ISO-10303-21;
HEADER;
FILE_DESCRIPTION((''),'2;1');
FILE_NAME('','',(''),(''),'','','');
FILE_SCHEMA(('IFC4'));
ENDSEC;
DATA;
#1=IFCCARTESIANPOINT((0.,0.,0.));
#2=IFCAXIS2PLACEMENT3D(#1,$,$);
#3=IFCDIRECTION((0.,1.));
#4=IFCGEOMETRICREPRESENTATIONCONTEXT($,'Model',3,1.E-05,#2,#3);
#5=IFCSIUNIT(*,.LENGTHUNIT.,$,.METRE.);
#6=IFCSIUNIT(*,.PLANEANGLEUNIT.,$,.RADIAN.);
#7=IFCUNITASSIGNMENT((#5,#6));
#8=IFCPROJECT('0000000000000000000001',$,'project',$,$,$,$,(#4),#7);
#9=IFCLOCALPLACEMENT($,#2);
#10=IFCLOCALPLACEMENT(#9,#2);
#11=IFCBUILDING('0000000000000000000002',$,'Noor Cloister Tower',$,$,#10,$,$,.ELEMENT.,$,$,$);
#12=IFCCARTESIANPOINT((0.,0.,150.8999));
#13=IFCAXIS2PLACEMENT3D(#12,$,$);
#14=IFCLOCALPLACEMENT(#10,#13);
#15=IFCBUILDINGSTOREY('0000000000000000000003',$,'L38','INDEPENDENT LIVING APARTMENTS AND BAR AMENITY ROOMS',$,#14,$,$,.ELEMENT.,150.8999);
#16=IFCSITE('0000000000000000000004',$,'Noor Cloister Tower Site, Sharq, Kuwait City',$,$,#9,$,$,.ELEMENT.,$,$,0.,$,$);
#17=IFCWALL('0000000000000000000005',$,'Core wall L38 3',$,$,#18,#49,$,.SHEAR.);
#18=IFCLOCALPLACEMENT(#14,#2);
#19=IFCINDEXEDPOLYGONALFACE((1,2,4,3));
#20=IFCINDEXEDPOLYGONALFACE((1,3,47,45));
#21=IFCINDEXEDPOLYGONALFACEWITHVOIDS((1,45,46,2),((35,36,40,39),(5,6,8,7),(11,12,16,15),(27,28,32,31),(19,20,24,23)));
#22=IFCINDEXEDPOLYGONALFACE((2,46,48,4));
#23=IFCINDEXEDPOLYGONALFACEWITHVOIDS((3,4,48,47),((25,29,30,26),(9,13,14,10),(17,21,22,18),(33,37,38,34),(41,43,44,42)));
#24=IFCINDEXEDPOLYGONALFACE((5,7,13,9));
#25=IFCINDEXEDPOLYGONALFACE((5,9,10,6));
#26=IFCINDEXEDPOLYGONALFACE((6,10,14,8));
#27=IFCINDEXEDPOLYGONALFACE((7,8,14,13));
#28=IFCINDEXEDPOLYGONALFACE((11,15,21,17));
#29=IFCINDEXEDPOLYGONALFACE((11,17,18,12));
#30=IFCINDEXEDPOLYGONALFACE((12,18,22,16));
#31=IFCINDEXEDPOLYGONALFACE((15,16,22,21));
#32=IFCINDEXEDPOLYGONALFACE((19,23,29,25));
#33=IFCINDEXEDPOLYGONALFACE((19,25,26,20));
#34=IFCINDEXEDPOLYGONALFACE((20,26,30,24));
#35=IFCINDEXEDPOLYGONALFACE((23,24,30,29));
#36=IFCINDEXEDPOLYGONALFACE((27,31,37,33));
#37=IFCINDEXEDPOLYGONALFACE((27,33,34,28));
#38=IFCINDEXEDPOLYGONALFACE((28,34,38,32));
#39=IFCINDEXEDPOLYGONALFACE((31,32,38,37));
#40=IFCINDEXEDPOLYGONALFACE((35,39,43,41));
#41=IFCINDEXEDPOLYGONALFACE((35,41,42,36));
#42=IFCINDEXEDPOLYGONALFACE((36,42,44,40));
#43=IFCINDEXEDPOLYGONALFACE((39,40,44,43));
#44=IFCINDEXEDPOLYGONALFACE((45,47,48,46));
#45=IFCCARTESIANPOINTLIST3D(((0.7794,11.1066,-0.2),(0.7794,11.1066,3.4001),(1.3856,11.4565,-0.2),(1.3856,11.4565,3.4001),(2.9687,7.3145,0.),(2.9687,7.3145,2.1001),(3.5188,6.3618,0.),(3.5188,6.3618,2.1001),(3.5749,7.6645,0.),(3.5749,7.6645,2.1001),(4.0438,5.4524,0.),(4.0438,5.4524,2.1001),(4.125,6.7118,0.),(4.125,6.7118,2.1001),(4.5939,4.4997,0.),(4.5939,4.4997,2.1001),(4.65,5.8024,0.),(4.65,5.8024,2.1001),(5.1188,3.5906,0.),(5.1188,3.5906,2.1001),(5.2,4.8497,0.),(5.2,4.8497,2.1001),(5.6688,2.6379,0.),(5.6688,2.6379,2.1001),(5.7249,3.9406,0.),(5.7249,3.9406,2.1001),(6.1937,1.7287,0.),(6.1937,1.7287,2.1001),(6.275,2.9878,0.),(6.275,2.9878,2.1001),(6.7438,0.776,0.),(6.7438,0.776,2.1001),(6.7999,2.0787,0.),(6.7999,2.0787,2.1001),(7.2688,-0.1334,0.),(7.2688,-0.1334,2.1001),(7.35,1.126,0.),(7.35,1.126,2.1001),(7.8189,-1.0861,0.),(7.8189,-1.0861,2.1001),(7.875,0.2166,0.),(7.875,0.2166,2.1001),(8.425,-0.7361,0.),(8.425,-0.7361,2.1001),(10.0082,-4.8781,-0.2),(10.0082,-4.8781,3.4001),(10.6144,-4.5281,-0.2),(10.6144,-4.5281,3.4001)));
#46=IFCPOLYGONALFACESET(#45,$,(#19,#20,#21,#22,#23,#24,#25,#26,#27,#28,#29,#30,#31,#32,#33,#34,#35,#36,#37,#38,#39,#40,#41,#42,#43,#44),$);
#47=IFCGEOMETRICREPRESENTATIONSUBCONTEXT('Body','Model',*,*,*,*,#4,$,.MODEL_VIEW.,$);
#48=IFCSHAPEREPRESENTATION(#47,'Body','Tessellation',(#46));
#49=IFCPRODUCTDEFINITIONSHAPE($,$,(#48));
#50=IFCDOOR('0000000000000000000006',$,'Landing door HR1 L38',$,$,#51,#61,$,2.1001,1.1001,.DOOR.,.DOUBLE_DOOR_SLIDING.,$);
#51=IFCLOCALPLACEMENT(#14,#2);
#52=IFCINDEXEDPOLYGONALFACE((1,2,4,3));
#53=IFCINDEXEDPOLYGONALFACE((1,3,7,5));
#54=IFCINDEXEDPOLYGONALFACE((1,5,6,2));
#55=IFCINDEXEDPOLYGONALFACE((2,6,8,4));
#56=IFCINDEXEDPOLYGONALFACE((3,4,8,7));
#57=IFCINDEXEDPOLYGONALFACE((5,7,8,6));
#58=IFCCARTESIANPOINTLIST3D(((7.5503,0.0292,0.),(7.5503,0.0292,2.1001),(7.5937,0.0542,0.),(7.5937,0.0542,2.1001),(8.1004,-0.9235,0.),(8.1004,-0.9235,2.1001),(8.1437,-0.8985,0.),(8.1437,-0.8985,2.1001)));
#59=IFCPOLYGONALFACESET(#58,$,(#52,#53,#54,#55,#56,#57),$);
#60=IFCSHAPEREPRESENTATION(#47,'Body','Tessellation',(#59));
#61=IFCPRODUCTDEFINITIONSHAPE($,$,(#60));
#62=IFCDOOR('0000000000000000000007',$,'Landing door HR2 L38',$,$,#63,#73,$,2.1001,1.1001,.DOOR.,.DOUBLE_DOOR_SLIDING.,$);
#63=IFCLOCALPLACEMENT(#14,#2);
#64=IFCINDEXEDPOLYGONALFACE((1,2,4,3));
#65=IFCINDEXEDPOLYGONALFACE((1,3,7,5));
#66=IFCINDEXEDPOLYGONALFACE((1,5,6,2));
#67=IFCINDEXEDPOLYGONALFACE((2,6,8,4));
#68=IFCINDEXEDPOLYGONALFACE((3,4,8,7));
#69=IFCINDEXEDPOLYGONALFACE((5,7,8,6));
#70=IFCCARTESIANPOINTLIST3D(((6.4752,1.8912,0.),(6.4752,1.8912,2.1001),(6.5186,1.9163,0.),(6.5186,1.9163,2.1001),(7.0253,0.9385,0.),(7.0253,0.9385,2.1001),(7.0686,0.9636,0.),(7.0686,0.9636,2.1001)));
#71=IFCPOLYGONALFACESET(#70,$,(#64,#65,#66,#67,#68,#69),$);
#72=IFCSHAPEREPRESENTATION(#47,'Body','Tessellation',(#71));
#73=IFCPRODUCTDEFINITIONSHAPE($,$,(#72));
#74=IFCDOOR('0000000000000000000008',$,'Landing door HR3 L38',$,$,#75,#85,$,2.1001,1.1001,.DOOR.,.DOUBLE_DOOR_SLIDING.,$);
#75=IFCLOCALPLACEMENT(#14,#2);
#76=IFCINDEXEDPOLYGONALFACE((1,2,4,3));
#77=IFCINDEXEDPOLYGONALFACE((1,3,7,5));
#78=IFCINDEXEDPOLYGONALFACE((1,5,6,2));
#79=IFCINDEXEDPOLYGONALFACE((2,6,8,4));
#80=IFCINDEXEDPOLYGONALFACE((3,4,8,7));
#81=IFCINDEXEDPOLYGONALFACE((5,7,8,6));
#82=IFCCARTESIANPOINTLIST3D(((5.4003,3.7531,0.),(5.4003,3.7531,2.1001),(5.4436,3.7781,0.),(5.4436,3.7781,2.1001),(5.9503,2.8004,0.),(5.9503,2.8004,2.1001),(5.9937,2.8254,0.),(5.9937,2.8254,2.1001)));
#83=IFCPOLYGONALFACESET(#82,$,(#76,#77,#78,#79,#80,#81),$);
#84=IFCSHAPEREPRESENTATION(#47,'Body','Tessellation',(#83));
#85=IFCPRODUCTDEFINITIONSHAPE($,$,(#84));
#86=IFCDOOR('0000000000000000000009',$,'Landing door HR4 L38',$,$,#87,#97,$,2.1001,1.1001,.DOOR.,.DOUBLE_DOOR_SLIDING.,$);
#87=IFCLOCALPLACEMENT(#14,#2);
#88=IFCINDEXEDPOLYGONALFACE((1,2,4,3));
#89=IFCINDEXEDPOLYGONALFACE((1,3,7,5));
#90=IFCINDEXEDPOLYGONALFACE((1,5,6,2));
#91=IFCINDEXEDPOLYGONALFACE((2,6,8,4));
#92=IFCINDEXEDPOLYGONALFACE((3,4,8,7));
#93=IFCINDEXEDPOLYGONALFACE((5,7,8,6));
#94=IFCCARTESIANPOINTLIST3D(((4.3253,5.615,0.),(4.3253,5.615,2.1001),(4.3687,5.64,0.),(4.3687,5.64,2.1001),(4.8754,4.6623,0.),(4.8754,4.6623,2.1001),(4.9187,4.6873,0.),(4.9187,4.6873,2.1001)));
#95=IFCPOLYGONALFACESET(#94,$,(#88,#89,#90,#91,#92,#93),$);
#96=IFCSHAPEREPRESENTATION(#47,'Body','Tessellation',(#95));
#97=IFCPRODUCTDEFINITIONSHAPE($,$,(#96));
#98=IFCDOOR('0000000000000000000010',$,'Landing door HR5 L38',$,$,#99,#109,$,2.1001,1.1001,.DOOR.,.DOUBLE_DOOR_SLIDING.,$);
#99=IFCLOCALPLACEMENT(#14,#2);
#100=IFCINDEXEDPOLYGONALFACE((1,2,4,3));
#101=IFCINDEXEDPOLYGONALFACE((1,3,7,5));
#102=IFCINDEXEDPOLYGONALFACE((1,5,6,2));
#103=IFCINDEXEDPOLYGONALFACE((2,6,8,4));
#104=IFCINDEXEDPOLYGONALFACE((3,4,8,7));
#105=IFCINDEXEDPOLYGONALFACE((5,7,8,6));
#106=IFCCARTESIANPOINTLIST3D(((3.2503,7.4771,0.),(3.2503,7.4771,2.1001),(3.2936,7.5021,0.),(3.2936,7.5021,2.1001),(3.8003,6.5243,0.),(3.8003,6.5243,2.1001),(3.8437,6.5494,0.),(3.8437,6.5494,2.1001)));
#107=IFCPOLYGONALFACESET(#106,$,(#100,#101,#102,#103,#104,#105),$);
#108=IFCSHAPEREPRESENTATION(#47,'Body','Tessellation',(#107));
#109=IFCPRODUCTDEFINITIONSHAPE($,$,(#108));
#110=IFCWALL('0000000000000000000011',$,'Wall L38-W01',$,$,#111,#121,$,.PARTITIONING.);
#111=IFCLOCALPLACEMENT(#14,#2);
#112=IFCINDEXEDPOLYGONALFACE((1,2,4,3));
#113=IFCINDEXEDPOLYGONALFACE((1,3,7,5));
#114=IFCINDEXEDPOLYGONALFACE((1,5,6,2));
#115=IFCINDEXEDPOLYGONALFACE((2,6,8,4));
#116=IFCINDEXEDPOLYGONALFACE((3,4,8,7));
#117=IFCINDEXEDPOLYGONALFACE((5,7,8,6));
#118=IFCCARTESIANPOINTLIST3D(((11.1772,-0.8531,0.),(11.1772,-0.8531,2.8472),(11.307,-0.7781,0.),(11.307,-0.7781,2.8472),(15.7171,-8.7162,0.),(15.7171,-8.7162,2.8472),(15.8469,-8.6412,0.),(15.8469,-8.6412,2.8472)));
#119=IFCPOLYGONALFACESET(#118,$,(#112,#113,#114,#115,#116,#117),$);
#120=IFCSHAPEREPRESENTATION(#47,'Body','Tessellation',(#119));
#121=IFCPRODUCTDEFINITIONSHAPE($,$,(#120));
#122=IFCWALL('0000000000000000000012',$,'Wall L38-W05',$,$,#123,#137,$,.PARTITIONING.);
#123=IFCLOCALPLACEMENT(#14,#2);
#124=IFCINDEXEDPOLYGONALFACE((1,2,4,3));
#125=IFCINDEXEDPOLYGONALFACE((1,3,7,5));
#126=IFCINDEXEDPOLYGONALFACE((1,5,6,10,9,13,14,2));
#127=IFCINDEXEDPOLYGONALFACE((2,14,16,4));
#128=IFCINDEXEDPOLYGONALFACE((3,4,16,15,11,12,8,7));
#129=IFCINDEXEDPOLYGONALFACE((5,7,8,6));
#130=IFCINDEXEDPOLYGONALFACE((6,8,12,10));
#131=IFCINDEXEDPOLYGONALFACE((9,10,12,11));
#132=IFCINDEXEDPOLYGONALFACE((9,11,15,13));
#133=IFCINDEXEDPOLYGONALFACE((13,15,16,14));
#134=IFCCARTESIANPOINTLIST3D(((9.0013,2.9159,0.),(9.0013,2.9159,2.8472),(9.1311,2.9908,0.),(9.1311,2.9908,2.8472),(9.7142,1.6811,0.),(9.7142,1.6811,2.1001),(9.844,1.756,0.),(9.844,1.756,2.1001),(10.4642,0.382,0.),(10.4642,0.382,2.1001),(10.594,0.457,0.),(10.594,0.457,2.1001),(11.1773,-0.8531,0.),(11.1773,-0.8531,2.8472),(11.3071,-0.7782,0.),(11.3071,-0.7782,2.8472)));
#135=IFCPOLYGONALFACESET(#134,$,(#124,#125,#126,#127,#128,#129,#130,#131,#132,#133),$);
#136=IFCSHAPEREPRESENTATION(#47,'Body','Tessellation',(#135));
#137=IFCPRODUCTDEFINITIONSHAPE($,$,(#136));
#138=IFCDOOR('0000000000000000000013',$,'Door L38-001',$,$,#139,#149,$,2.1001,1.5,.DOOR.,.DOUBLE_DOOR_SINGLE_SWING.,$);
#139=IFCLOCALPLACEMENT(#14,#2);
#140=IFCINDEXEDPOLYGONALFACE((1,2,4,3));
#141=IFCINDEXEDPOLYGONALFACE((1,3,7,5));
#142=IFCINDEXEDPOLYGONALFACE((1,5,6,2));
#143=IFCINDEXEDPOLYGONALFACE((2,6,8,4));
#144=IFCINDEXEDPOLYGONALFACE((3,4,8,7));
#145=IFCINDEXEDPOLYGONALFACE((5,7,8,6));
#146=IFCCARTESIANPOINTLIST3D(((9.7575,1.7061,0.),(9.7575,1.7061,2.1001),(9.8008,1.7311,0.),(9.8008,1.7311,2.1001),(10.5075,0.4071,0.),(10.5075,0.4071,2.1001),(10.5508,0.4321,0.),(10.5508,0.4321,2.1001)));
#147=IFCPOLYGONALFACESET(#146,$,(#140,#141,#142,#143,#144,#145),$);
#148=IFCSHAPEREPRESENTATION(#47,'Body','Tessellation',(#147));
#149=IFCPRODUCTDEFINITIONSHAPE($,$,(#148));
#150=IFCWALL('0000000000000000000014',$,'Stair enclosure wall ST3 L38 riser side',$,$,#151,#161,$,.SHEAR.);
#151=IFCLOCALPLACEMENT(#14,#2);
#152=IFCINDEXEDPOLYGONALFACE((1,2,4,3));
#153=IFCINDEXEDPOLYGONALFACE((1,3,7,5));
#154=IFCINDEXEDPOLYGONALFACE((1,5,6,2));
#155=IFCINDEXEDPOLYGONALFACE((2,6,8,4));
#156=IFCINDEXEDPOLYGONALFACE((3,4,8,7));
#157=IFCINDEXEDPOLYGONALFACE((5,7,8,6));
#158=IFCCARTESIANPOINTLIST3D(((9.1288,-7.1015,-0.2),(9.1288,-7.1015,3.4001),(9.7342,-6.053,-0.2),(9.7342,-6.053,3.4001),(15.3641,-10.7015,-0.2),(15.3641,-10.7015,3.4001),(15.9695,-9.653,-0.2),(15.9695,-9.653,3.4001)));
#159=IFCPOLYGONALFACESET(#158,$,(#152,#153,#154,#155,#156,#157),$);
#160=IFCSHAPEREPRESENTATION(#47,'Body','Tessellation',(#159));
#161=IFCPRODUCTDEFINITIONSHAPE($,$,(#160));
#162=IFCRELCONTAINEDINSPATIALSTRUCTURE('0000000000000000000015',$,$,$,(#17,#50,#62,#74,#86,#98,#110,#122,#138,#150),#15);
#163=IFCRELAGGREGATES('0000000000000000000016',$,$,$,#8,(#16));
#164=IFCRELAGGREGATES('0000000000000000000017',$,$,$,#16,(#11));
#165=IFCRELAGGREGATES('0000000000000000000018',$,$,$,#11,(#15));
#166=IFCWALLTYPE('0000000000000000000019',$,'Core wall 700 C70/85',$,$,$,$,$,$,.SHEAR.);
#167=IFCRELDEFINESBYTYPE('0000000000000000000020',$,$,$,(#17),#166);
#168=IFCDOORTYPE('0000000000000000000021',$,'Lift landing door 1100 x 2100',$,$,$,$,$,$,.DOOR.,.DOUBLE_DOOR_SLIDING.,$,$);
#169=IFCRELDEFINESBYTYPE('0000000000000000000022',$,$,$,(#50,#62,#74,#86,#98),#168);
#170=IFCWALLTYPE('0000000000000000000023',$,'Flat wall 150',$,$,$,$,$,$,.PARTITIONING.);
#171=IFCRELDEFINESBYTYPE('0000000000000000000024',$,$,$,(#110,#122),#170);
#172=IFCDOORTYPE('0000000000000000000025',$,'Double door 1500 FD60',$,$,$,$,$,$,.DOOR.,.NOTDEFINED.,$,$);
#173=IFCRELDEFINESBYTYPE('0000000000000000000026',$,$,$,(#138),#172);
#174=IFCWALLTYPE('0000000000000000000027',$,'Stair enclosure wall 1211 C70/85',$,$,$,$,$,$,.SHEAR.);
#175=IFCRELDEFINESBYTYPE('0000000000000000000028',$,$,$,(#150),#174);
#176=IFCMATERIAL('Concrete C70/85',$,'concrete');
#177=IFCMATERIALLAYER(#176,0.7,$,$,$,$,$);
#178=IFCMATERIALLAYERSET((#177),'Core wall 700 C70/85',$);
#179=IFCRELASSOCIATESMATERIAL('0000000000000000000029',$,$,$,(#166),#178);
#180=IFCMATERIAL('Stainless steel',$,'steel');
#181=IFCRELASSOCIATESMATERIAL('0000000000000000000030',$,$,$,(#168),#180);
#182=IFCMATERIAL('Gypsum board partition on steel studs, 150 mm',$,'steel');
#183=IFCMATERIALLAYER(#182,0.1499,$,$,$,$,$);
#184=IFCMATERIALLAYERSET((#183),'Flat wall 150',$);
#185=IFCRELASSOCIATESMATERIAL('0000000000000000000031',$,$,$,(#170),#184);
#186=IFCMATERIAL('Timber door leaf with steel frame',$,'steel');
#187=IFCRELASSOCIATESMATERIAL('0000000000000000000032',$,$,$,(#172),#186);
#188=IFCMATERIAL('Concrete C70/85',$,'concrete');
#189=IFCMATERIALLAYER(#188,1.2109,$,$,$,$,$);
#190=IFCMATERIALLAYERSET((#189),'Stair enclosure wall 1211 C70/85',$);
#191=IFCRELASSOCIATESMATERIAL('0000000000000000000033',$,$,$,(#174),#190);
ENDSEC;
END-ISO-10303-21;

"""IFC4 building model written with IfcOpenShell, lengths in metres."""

from ifc_helpers import new_model, si_unit, direction, frame, frame_2d, origin, place, context, subcontext, project, spatial, rectangle, extrude, material, layer, layer_set, type_object, element, fill, save


model = new_model("IFC4")

# Units and contexts
model_context = context("Model", 3, precision=1e-05, world=origin(), true_north=direction((0.0, 1.0)))
body_context = subcontext(model_context, "Body", "Model", "MODEL_VIEW")
ifc_project = project(units=[si_unit("LENGTHUNIT", "METRE"), si_unit("PLANEANGLEUNIT", "RADIAN")], contexts=[model_context])

# Site, building, storey
site_placement = place(None, origin())
site = spatial("IfcSite", under=ifc_project, at=site_placement, Name="Noor Cloister Tower Site, Sharq, Kuwait City", CompositionType="ELEMENT", RefElevation=0.0)
building_placement = place(site_placement, origin())
building = spatial("IfcBuilding", under=site, at=building_placement, Name="Noor Cloister Tower", CompositionType="ELEMENT")
storey_placement = place(building_placement, frame((0.0, 0.0, 150.8999)))
storey = spatial("IfcBuildingStorey", under=building, at=storey_placement, Name="L38", Description="INDEPENDENT LIVING APARTMENTS AND BAR AMENITY ROOMS", CompositionType="ELEMENT", Elevation=150.8999)

# Wall, openings, doors
ifc_material_1 = material(Name="Concrete C70/85", Category="concrete")
ifc_layer_1 = layer(ifc_material_1, 0.7)
ifc_layer_set_1 = layer_set([ifc_layer_1], Name="Core wall 700 C70/85")
wall_type_1 = type_object("IfcWallType", Name="Core wall 700 C70/85", PredefinedType="SHEAR", material=ifc_layer_set_1)
wall_1_placement = place(storey_placement, frame((10.3113, -4.7031, -0.2), z_axis=(0.0, 0.0, 1.0), x_axis=(-0.500001, 0.866025, 0.0)))
wall_1 = element("IfcWall", 1, at=wall_1_placement, inside=storey, type_object=wall_type_1, Name="Core wall L38 3", PredefinedType="SHEAR", context=body_context, shape_type="SweptSolid", body=[
    extrude(rectangle(XDim=18.4575, YDim=0.7, at=frame_2d((9.2288, 0.0))), origin(), (0.0, 0.0, 1.0), 3.6001),
])
opening_1_placement = place(wall_1_placement, frame((4.3787, 0.0, 0.2)))
opening_1 = element("IfcOpeningElement", 2, at=opening_1_placement, cuts=wall_1, PredefinedType="OPENING", context=body_context, shape_type="SweptSolid", body=[
    extrude(rectangle(XDim=1.1001, YDim=2.1001, at=frame_2d((0.55, 1.05))), frame((0.0, 0.3599, 0.0), z_axis=(0.0, -1.0, 0.0), x_axis=(1.0, 0.0, 0.0)), (0.0, 0.0, 1.0), 0.72),
])
opening_2_placement = place(wall_1_placement, frame((6.5288, 0.0, 0.2)))
opening_2 = element("IfcOpeningElement", 3, at=opening_2_placement, cuts=wall_1, PredefinedType="OPENING", context=body_context, shape_type="SweptSolid", body=[
    extrude(rectangle(XDim=1.1001, YDim=2.1001, at=frame_2d((0.55, 1.05))), frame((0.0, 0.3599, 0.0), z_axis=(0.0, -1.0, 0.0), x_axis=(1.0, 0.0, 0.0)), (0.0, 0.0, 1.0), 0.72),
])
opening_3_placement = place(wall_1_placement, frame((8.6787, 0.0, 0.2)))
opening_3 = element("IfcOpeningElement", 4, at=opening_3_placement, cuts=wall_1, PredefinedType="OPENING", context=body_context, shape_type="SweptSolid", body=[
    extrude(rectangle(XDim=1.1001, YDim=2.1001, at=frame_2d((0.55, 1.05))), frame((0.0, 0.3599, 0.0), z_axis=(0.0, -1.0, 0.0), x_axis=(1.0, 0.0, 0.0)), (0.0, 0.0, 1.0), 0.72),
])
opening_4_placement = place(wall_1_placement, frame((10.8286, 0.0, 0.2)))
opening_4 = element("IfcOpeningElement", 5, at=opening_4_placement, cuts=wall_1, PredefinedType="OPENING", context=body_context, shape_type="SweptSolid", body=[
    extrude(rectangle(XDim=1.1001, YDim=2.1001, at=frame_2d((0.55, 1.05))), frame((0.0, 0.3599, 0.0), z_axis=(0.0, -1.0, 0.0), x_axis=(1.0, 0.0, 0.0)), (0.0, 0.0, 1.0), 0.72),
])
opening_5_placement = place(wall_1_placement, frame((12.9788, 0.0, 0.2)))
opening_5 = element("IfcOpeningElement", 6, at=opening_5_placement, cuts=wall_1, PredefinedType="OPENING", context=body_context, shape_type="SweptSolid", body=[
    extrude(rectangle(XDim=1.1001, YDim=2.1001, at=frame_2d((0.55, 1.05))), frame((0.0, 0.3599, 0.0), z_axis=(0.0, -1.0, 0.0), x_axis=(1.0, 0.0, 0.0)), (0.0, 0.0, 1.0), 0.72),
])
ifc_material_2 = material(Name="Stainless steel", Category="steel")
door_type_1 = type_object("IfcDoorType", Name="Lift landing door 1100 x 2100", OperationType="DOUBLE_DOOR_SLIDING", PredefinedType="DOOR", material=ifc_material_2)
door_1_placement = place(opening_1_placement, origin())
door_1 = element("IfcDoor", 7, at=door_1_placement, inside=storey, type_object=door_type_1, Name="Landing door HR1 L38", OperationType="DOUBLE_DOOR_SLIDING", OverallHeight=2.1001, OverallWidth=1.1001, PredefinedType="DOOR", context=body_context, shape_type="SweptSolid", body=[
    extrude(rectangle(XDim=1.1001, YDim=2.1001, at=frame_2d((0.55, 1.05))), frame((0.0, 0.0249, 0.0), z_axis=(0.0, -1.0, 0.0), x_axis=(1.0, 0.0, 0.0)), (0.0, 0.0, 1.0), 0.05),
])
fill(opening_1, door_1)
door_2_placement = place(opening_2_placement, origin())
door_2 = element("IfcDoor", 8, at=door_2_placement, inside=storey, type_object=door_type_1, Name="Landing door HR2 L38", OperationType="DOUBLE_DOOR_SLIDING", OverallHeight=2.1001, OverallWidth=1.1001, PredefinedType="DOOR", context=body_context, shape_type="SweptSolid", body=[
    extrude(rectangle(XDim=1.1001, YDim=2.1001, at=frame_2d((0.55, 1.05))), frame((0.0, 0.0249, 0.0), z_axis=(0.0, -1.0, 0.0), x_axis=(1.0, 0.0, 0.0)), (0.0, 0.0, 1.0), 0.05),
])
fill(opening_2, door_2)
door_3_placement = place(opening_3_placement, origin())
door_3 = element("IfcDoor", 9, at=door_3_placement, inside=storey, type_object=door_type_1, Name="Landing door HR3 L38", OperationType="DOUBLE_DOOR_SLIDING", OverallHeight=2.1001, OverallWidth=1.1001, PredefinedType="DOOR", context=body_context, shape_type="SweptSolid", body=[
    extrude(rectangle(XDim=1.1001, YDim=2.1001, at=frame_2d((0.55, 1.05))), frame((0.0, 0.0249, 0.0), z_axis=(0.0, -1.0, 0.0), x_axis=(1.0, 0.0, 0.0)), (0.0, 0.0, 1.0), 0.05),
])
fill(opening_3, door_3)
door_4_placement = place(opening_4_placement, origin())
door_4 = element("IfcDoor", 10, at=door_4_placement, inside=storey, type_object=door_type_1, Name="Landing door HR4 L38", OperationType="DOUBLE_DOOR_SLIDING", OverallHeight=2.1001, OverallWidth=1.1001, PredefinedType="DOOR", context=body_context, shape_type="SweptSolid", body=[
    extrude(rectangle(XDim=1.1001, YDim=2.1001, at=frame_2d((0.55, 1.05))), frame((0.0, 0.0249, 0.0), z_axis=(0.0, -1.0, 0.0), x_axis=(1.0, 0.0, 0.0)), (0.0, 0.0, 1.0), 0.05),
])
fill(opening_4, door_4)
door_5_placement = place(opening_5_placement, origin())
door_5 = element("IfcDoor", 11, at=door_5_placement, inside=storey, type_object=door_type_1, Name="Landing door HR5 L38", OperationType="DOUBLE_DOOR_SLIDING", OverallHeight=2.1001, OverallWidth=1.1001, PredefinedType="DOOR", context=body_context, shape_type="SweptSolid", body=[
    extrude(rectangle(XDim=1.1001, YDim=2.1001, at=frame_2d((0.55, 1.05))), frame((0.0, 0.0249, 0.0), z_axis=(0.0, -1.0, 0.0), x_axis=(1.0, 0.0, 0.0)), (0.0, 0.0, 1.0), 0.05),
])
fill(opening_5, door_5)

# Wall
ifc_material_3 = material(Name="Gypsum board partition on steel studs, 150 mm", Category="steel")
ifc_layer_2 = layer(ifc_material_3, 0.1499)
ifc_layer_set_2 = layer_set([ifc_layer_2], Name="Flat wall 150")
wall_type_2 = type_object("IfcWallType", Name="Flat wall 150", PredefinedType="PARTITIONING", material=ifc_layer_set_2)
wall_2_placement = place(storey_placement, frame((15.782, -8.6787, 0.0), z_axis=(0.0, 0.0, 1.0), x_axis=(-0.500006, 0.866022, 0.0)))
element("IfcWall", 12, at=wall_2_placement, inside=storey, type_object=wall_type_2, Name="Wall L38-W01", PredefinedType="PARTITIONING", context=body_context, shape_type="SweptSolid", body=[
    extrude(rectangle(XDim=9.0796, YDim=0.1499, at=frame_2d((4.5398, 0.0))), origin(), (0.0, 0.0, 1.0), 2.8472),
])

# Wall, opening, door
wall_3_placement = place(storey_placement, frame((11.2422, -0.8157, 0.0), z_axis=(0.0, 0.0, 1.0), x_axis=(-0.499994, 0.866029, 0.0)))
wall_3 = element("IfcWall", 13, at=wall_3_placement, inside=storey, type_object=wall_type_2, Name="Wall L38-W05", PredefinedType="PARTITIONING", context=body_context, shape_type="SweptSolid", body=[
    extrude(rectangle(XDim=4.3521, YDim=0.1499, at=frame_2d((2.176, 0.0))), origin(), (0.0, 0.0, 1.0), 2.8472),
])
opening_6_placement = place(wall_3_placement, frame((1.4263, 0.0, 0.0)))
opening_6 = element("IfcOpeningElement", 14, at=opening_6_placement, cuts=wall_3, PredefinedType="OPENING", context=body_context, shape_type="SweptSolid", body=[
    extrude(rectangle(XDim=1.5, YDim=2.1001, at=frame_2d((0.75, 1.05))), frame((0.0, 0.085, 0.0), z_axis=(0.0, -1.0, 0.0), x_axis=(1.0, 0.0, 0.0)), (0.0, 0.0, 1.0), 0.1699),
])
ifc_material_4 = material(Name="Timber door leaf with steel frame", Category="steel")
door_type_2 = type_object("IfcDoorType", Name="Double door 1500 FD60", OperationType="NOTDEFINED", PredefinedType="DOOR", material=ifc_material_4)
door_6_placement = place(opening_6_placement, origin())
door_6 = element("IfcDoor", 15, at=door_6_placement, inside=storey, type_object=door_type_2, Name="Door L38-001", OperationType="DOUBLE_DOOR_SINGLE_SWING", OverallHeight=2.1001, OverallWidth=1.5, PredefinedType="DOOR", context=body_context, shape_type="SweptSolid", body=[
    extrude(rectangle(XDim=1.5, YDim=2.1001, at=frame_2d((0.75, 1.05))), frame((0.0, 0.0249, 0.0), z_axis=(0.0, -1.0, 0.0), x_axis=(1.0, 0.0, 0.0)), (0.0, 0.0, 1.0), 0.05),
])
fill(opening_6, door_6)

# Wall
ifc_material_5 = material(Name="Concrete C70/85", Category="concrete")
ifc_layer_3 = layer(ifc_material_5, 1.2109)
ifc_layer_set_3 = layer_set([ifc_layer_3], Name="Stair enclosure wall 1211 C70/85")
wall_type_3 = type_object("IfcWallType", Name="Stair enclosure wall 1211 C70/85", PredefinedType="SHEAR", material=ifc_layer_set_3)
wall_4_placement = place(storey_placement, frame((9.4314, -6.5771, -0.2), z_axis=(0.0, 0.0, 1.0), x_axis=(0.866018, -0.500012, 0.0)))
element("IfcWall", 16, at=wall_4_placement, inside=storey, type_object=wall_type_3, Name="Stair enclosure wall ST3 L38 riser side", PredefinedType="SHEAR", context=body_context, shape_type="SweptSolid", body=[
    extrude(rectangle(XDim=7.2, YDim=1.2107, at=frame_2d((3.6001, 0.0))), origin(), (0.0, 0.0, 1.0), 3.6001),
])

save(model, "model.ifc")
